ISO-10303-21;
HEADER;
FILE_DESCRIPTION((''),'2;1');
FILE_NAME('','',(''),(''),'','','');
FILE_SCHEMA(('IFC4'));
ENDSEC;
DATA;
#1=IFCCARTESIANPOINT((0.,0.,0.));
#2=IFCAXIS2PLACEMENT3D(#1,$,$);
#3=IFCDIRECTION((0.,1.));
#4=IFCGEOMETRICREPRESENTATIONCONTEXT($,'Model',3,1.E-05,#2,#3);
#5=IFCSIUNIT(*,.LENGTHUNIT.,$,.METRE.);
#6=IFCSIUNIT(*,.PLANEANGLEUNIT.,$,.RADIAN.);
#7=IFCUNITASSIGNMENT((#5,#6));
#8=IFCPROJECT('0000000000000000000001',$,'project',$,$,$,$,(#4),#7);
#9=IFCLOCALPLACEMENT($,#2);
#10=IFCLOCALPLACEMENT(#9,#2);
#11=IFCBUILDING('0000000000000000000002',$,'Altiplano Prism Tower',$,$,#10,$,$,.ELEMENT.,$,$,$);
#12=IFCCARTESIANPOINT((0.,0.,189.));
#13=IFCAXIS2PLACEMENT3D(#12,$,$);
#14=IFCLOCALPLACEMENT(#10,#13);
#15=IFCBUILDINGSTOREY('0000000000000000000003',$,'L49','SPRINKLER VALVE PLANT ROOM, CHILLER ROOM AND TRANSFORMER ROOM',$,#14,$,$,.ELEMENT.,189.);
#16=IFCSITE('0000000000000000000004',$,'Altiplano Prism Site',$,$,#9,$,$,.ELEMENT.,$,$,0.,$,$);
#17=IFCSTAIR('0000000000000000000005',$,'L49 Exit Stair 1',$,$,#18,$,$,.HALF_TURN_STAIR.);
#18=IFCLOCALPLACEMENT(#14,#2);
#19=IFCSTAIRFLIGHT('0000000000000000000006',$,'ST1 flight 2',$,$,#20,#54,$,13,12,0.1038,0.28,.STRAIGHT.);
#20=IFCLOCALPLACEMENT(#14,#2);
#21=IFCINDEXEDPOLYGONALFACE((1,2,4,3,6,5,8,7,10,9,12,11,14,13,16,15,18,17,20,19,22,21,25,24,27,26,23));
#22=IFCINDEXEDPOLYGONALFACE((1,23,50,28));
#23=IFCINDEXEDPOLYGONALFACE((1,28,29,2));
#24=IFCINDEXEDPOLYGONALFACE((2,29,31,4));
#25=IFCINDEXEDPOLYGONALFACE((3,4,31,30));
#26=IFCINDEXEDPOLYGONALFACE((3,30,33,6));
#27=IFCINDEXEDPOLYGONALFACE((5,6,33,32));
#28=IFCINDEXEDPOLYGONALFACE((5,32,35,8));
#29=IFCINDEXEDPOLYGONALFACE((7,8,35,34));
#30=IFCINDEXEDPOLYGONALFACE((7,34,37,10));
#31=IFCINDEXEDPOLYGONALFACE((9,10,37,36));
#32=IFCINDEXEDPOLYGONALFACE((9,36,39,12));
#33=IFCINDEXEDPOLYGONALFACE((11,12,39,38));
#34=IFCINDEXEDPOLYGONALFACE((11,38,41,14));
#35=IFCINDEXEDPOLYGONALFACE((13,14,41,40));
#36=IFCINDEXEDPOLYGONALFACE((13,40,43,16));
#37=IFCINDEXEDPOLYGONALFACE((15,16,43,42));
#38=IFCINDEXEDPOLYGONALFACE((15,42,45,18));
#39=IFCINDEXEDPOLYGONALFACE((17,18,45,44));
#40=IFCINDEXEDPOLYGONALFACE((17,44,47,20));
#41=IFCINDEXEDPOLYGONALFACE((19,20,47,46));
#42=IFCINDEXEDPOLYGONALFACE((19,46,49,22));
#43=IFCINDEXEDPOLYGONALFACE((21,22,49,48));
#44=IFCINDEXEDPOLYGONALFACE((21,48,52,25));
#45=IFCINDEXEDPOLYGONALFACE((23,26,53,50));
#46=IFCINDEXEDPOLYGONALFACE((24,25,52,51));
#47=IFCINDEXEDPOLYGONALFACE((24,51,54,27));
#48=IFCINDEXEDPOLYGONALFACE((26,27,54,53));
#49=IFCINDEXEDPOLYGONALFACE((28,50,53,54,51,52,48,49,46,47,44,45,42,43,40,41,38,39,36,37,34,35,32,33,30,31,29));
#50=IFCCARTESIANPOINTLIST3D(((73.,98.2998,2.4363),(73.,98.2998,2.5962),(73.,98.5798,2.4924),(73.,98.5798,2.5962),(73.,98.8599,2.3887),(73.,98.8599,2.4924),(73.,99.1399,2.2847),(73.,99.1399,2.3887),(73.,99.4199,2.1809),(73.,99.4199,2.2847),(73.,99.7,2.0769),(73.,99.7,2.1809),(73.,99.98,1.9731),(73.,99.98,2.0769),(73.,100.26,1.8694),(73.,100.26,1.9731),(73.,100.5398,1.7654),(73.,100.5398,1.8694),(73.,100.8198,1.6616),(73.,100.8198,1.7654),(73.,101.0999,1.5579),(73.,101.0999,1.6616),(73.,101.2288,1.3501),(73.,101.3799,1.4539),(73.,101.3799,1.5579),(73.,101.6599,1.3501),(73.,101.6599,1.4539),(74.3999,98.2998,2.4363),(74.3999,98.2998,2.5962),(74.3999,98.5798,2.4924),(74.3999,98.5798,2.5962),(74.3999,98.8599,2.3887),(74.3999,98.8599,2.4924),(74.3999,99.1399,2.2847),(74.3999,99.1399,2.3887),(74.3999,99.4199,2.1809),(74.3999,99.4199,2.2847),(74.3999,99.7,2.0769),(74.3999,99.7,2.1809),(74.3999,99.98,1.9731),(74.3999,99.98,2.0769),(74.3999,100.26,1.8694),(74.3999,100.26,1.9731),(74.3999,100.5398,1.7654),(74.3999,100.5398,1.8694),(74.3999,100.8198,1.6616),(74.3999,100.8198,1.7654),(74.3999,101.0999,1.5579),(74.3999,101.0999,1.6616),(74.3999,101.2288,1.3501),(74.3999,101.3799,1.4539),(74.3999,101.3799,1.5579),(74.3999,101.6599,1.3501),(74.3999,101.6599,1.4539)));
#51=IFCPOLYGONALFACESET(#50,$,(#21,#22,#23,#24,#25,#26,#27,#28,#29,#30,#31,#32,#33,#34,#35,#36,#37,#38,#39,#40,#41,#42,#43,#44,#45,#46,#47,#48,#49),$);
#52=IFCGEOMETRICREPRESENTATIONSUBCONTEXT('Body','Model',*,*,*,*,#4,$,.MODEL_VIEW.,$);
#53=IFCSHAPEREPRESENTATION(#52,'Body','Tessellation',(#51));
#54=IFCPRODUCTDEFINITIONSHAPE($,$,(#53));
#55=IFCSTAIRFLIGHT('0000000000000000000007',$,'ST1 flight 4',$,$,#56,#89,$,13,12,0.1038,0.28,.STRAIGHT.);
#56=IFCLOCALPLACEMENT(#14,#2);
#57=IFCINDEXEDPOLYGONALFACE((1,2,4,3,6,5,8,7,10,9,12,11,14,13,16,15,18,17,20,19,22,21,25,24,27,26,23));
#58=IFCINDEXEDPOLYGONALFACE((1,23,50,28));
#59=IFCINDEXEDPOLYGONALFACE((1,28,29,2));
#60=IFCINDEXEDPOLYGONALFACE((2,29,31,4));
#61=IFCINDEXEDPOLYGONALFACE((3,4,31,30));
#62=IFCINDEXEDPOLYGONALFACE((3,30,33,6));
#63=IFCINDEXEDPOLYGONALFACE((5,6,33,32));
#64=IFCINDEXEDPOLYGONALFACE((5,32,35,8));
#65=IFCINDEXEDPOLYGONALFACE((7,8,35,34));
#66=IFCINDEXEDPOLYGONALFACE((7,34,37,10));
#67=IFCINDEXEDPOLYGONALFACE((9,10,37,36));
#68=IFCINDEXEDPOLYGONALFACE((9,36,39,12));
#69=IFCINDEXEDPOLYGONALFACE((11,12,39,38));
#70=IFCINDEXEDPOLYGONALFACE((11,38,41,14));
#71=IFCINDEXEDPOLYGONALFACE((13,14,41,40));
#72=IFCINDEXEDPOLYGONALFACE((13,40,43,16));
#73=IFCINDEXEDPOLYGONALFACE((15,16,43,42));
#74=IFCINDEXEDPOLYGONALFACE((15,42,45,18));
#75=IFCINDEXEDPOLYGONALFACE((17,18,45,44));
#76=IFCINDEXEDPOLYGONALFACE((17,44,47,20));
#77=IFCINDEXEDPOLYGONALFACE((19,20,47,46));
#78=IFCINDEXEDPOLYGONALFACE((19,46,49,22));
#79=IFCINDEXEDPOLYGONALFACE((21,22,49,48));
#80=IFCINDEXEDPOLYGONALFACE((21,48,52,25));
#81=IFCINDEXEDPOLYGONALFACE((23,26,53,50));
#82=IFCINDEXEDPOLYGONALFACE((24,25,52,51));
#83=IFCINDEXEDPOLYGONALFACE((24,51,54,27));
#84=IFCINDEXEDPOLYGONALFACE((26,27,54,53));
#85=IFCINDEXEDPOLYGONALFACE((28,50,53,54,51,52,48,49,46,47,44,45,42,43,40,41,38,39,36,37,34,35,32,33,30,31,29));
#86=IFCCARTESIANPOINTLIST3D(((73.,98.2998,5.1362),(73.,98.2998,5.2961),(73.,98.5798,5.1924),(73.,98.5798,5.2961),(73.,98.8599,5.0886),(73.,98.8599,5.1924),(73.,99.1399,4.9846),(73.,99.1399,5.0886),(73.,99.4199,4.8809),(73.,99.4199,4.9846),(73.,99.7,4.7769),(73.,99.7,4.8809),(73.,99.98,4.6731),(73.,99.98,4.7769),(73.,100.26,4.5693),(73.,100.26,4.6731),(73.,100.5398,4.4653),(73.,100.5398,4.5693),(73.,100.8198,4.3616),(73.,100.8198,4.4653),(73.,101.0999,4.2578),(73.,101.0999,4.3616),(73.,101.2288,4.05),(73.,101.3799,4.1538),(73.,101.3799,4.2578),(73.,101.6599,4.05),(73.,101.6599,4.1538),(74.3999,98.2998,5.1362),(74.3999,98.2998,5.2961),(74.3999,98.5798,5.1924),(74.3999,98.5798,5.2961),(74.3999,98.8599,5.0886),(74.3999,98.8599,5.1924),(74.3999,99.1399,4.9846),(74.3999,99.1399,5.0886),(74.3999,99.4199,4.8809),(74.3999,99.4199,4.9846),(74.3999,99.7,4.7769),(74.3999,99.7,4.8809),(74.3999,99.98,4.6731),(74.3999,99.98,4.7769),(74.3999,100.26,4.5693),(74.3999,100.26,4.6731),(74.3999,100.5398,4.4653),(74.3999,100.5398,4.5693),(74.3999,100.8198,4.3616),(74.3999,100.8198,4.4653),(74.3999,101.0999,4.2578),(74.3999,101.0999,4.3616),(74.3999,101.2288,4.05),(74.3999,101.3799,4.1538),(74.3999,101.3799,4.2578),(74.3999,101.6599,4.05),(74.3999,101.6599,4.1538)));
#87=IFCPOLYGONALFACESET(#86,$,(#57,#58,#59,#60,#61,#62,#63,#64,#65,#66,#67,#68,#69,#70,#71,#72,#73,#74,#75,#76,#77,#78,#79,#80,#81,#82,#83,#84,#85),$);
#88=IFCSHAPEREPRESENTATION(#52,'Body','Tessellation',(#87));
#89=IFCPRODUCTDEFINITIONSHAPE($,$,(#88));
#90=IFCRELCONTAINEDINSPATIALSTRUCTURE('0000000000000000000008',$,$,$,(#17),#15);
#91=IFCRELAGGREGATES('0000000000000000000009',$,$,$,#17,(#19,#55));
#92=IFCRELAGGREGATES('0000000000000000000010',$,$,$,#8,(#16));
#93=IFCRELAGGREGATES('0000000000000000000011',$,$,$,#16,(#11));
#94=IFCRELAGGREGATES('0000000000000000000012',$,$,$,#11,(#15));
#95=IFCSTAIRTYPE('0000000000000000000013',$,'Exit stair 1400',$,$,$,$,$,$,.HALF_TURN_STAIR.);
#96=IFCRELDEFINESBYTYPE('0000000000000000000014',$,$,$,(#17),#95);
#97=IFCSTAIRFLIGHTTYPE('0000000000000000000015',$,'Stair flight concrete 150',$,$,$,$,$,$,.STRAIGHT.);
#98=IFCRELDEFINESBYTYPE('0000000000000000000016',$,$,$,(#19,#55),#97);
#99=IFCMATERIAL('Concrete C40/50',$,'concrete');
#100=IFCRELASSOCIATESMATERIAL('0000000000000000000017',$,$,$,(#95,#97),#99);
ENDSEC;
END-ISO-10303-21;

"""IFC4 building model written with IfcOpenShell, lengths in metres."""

from ifc_helpers import new_model, si_unit, direction, frame, origin, place, context, subcontext, project, spatial, polyline, outline, extrude, material, type_object, element, aggregate, save


model = new_model("IFC4")

# Units and contexts
model_context = context("Model", 3, precision=1e-05, world=origin(), true_north=direction((0.0, 1.0)))
body_context = subcontext(model_context, "Body", "Model", "MODEL_VIEW")
ifc_project = project(units=[si_unit("LENGTHUNIT", "METRE"), si_unit("PLANEANGLEUNIT", "RADIAN")], contexts=[model_context])

# Site, building, storey
site_placement = place(None, origin())
site = spatial("IfcSite", under=ifc_project, at=site_placement, Name="Altiplano Prism Site", CompositionType="ELEMENT", RefElevation=0.0)
building_placement = place(site_placement, origin())
building = spatial("IfcBuilding", under=site, at=building_placement, Name="Altiplano Prism Tower", CompositionType="ELEMENT")
storey_placement = place(building_placement, frame((0.0, 0.0, 189.0)))
storey = spatial("IfcBuildingStorey", under=building, at=storey_placement, Name="L49", Description="SPRINKLER VALVE PLANT ROOM, CHILLER ROOM AND TRANSFORMER ROOM", CompositionType="ELEMENT", Elevation=189.0)

# Stair, stair flights
ifc_material_1 = material(Name="Concrete C40/50", Category="concrete")
stair_type = type_object("IfcStairType", Name="Exit stair 1400", PredefinedType="HALF_TURN_STAIR", material=ifc_material_1)
stair_placement = place(storey_placement, origin())
stair = element("IfcStair", 1, at=stair_placement, inside=storey, type_object=stair_type, Name="L49 Exit Stair 1", PredefinedType="HALF_TURN_STAIR")
stair_flight_type = type_object("IfcStairFlightType", Name="Stair flight concrete 150", PredefinedType="STRAIGHT", material=ifc_material_1)
stair_flight_1_placement = place(storey_placement, frame((73.7, 101.6599, 1.3501), z_axis=(0.0, 0.0, 1.0), x_axis=(0.0, -1.0, 0.0)))
stair_flight_1 = element("IfcStairFlight", 2, at=stair_flight_1_placement, type_object=stair_flight_type, Name="ST1 flight 2", NumberOfRisers=13, NumberOfTreads=12, PredefinedType="STRAIGHT", RiserHeight=0.1038, TreadLength=0.28, context=body_context, shape_type="SweptSolid", body=[
    extrude(outline(polyline([(0.0, 0.0), (0.0, 0.1038), (0.28, 0.1038), (0.28, 0.2078), (0.5601, 0.2078), (0.5601, 0.3115), (0.8401, 0.3115), (0.8401, 0.4153), (1.1201, 0.4153), (1.1201, 0.5193), (1.3999, 0.5193), (1.3999, 0.623), (1.6799, 0.623), (1.6799, 0.7268), (1.96, 0.7268), (1.96, 0.8308), (2.24, 0.8308), (2.24, 0.9346), (2.52, 0.9346), (2.52, 1.0386), (2.8, 1.0386), (2.8, 1.1423), (3.0801, 1.1423), (3.0801, 1.2461), (3.3601, 1.2461), (3.3601, 1.3501), (3.3601, 1.0862), (0.4312, 0.0), (0.0, 0.0)])), frame((0.0, 0.7, 0.0), z_axis=(0.0, -1.0, 0.0), x_axis=(1.0, 0.0, 0.0)), (0.0, 0.0, 1.0), 1.3999),
])
stair_flight_2_placement = place(storey_placement, frame((73.7, 101.6599, 4.05), z_axis=(0.0, 0.0, 1.0), x_axis=(0.0, -1.0, 0.0)))
stair_flight_2 = element("IfcStairFlight", 3, at=stair_flight_2_placement, type_object=stair_flight_type, Name="ST1 flight 4", NumberOfRisers=13, NumberOfTreads=12, PredefinedType="STRAIGHT", RiserHeight=0.1038, TreadLength=0.28, context=body_context, shape_type="SweptSolid", body=[
    extrude(outline(polyline([(0.0, 0.0), (0.0, 0.1038), (0.28, 0.1038), (0.28, 0.2078), (0.5601, 0.2078), (0.5601, 0.3115), (0.8401, 0.3115), (0.8401, 0.4153), (1.1201, 0.4153), (1.1201, 0.5193), (1.3999, 0.5193), (1.3999, 0.623), (1.6799, 0.623), (1.6799, 0.7268), (1.96, 0.7268), (1.96, 0.8308), (2.24, 0.8308), (2.24, 0.9346), (2.52, 0.9346), (2.52, 1.0386), (2.8, 1.0386), (2.8, 1.1423), (3.0801, 1.1423), (3.0801, 1.2461), (3.3601, 1.2461), (3.3601, 1.3501), (3.3601, 1.0862), (0.4312, 0.0), (0.0, 0.0)])), frame((0.0, 0.7, 0.0), z_axis=(0.0, -1.0, 0.0), x_axis=(1.0, 0.0, 0.0)), (0.0, 0.0, 1.0), 1.3999),
])
aggregate(stair, [stair_flight_1, stair_flight_2])

save(model, "model.ifc")
